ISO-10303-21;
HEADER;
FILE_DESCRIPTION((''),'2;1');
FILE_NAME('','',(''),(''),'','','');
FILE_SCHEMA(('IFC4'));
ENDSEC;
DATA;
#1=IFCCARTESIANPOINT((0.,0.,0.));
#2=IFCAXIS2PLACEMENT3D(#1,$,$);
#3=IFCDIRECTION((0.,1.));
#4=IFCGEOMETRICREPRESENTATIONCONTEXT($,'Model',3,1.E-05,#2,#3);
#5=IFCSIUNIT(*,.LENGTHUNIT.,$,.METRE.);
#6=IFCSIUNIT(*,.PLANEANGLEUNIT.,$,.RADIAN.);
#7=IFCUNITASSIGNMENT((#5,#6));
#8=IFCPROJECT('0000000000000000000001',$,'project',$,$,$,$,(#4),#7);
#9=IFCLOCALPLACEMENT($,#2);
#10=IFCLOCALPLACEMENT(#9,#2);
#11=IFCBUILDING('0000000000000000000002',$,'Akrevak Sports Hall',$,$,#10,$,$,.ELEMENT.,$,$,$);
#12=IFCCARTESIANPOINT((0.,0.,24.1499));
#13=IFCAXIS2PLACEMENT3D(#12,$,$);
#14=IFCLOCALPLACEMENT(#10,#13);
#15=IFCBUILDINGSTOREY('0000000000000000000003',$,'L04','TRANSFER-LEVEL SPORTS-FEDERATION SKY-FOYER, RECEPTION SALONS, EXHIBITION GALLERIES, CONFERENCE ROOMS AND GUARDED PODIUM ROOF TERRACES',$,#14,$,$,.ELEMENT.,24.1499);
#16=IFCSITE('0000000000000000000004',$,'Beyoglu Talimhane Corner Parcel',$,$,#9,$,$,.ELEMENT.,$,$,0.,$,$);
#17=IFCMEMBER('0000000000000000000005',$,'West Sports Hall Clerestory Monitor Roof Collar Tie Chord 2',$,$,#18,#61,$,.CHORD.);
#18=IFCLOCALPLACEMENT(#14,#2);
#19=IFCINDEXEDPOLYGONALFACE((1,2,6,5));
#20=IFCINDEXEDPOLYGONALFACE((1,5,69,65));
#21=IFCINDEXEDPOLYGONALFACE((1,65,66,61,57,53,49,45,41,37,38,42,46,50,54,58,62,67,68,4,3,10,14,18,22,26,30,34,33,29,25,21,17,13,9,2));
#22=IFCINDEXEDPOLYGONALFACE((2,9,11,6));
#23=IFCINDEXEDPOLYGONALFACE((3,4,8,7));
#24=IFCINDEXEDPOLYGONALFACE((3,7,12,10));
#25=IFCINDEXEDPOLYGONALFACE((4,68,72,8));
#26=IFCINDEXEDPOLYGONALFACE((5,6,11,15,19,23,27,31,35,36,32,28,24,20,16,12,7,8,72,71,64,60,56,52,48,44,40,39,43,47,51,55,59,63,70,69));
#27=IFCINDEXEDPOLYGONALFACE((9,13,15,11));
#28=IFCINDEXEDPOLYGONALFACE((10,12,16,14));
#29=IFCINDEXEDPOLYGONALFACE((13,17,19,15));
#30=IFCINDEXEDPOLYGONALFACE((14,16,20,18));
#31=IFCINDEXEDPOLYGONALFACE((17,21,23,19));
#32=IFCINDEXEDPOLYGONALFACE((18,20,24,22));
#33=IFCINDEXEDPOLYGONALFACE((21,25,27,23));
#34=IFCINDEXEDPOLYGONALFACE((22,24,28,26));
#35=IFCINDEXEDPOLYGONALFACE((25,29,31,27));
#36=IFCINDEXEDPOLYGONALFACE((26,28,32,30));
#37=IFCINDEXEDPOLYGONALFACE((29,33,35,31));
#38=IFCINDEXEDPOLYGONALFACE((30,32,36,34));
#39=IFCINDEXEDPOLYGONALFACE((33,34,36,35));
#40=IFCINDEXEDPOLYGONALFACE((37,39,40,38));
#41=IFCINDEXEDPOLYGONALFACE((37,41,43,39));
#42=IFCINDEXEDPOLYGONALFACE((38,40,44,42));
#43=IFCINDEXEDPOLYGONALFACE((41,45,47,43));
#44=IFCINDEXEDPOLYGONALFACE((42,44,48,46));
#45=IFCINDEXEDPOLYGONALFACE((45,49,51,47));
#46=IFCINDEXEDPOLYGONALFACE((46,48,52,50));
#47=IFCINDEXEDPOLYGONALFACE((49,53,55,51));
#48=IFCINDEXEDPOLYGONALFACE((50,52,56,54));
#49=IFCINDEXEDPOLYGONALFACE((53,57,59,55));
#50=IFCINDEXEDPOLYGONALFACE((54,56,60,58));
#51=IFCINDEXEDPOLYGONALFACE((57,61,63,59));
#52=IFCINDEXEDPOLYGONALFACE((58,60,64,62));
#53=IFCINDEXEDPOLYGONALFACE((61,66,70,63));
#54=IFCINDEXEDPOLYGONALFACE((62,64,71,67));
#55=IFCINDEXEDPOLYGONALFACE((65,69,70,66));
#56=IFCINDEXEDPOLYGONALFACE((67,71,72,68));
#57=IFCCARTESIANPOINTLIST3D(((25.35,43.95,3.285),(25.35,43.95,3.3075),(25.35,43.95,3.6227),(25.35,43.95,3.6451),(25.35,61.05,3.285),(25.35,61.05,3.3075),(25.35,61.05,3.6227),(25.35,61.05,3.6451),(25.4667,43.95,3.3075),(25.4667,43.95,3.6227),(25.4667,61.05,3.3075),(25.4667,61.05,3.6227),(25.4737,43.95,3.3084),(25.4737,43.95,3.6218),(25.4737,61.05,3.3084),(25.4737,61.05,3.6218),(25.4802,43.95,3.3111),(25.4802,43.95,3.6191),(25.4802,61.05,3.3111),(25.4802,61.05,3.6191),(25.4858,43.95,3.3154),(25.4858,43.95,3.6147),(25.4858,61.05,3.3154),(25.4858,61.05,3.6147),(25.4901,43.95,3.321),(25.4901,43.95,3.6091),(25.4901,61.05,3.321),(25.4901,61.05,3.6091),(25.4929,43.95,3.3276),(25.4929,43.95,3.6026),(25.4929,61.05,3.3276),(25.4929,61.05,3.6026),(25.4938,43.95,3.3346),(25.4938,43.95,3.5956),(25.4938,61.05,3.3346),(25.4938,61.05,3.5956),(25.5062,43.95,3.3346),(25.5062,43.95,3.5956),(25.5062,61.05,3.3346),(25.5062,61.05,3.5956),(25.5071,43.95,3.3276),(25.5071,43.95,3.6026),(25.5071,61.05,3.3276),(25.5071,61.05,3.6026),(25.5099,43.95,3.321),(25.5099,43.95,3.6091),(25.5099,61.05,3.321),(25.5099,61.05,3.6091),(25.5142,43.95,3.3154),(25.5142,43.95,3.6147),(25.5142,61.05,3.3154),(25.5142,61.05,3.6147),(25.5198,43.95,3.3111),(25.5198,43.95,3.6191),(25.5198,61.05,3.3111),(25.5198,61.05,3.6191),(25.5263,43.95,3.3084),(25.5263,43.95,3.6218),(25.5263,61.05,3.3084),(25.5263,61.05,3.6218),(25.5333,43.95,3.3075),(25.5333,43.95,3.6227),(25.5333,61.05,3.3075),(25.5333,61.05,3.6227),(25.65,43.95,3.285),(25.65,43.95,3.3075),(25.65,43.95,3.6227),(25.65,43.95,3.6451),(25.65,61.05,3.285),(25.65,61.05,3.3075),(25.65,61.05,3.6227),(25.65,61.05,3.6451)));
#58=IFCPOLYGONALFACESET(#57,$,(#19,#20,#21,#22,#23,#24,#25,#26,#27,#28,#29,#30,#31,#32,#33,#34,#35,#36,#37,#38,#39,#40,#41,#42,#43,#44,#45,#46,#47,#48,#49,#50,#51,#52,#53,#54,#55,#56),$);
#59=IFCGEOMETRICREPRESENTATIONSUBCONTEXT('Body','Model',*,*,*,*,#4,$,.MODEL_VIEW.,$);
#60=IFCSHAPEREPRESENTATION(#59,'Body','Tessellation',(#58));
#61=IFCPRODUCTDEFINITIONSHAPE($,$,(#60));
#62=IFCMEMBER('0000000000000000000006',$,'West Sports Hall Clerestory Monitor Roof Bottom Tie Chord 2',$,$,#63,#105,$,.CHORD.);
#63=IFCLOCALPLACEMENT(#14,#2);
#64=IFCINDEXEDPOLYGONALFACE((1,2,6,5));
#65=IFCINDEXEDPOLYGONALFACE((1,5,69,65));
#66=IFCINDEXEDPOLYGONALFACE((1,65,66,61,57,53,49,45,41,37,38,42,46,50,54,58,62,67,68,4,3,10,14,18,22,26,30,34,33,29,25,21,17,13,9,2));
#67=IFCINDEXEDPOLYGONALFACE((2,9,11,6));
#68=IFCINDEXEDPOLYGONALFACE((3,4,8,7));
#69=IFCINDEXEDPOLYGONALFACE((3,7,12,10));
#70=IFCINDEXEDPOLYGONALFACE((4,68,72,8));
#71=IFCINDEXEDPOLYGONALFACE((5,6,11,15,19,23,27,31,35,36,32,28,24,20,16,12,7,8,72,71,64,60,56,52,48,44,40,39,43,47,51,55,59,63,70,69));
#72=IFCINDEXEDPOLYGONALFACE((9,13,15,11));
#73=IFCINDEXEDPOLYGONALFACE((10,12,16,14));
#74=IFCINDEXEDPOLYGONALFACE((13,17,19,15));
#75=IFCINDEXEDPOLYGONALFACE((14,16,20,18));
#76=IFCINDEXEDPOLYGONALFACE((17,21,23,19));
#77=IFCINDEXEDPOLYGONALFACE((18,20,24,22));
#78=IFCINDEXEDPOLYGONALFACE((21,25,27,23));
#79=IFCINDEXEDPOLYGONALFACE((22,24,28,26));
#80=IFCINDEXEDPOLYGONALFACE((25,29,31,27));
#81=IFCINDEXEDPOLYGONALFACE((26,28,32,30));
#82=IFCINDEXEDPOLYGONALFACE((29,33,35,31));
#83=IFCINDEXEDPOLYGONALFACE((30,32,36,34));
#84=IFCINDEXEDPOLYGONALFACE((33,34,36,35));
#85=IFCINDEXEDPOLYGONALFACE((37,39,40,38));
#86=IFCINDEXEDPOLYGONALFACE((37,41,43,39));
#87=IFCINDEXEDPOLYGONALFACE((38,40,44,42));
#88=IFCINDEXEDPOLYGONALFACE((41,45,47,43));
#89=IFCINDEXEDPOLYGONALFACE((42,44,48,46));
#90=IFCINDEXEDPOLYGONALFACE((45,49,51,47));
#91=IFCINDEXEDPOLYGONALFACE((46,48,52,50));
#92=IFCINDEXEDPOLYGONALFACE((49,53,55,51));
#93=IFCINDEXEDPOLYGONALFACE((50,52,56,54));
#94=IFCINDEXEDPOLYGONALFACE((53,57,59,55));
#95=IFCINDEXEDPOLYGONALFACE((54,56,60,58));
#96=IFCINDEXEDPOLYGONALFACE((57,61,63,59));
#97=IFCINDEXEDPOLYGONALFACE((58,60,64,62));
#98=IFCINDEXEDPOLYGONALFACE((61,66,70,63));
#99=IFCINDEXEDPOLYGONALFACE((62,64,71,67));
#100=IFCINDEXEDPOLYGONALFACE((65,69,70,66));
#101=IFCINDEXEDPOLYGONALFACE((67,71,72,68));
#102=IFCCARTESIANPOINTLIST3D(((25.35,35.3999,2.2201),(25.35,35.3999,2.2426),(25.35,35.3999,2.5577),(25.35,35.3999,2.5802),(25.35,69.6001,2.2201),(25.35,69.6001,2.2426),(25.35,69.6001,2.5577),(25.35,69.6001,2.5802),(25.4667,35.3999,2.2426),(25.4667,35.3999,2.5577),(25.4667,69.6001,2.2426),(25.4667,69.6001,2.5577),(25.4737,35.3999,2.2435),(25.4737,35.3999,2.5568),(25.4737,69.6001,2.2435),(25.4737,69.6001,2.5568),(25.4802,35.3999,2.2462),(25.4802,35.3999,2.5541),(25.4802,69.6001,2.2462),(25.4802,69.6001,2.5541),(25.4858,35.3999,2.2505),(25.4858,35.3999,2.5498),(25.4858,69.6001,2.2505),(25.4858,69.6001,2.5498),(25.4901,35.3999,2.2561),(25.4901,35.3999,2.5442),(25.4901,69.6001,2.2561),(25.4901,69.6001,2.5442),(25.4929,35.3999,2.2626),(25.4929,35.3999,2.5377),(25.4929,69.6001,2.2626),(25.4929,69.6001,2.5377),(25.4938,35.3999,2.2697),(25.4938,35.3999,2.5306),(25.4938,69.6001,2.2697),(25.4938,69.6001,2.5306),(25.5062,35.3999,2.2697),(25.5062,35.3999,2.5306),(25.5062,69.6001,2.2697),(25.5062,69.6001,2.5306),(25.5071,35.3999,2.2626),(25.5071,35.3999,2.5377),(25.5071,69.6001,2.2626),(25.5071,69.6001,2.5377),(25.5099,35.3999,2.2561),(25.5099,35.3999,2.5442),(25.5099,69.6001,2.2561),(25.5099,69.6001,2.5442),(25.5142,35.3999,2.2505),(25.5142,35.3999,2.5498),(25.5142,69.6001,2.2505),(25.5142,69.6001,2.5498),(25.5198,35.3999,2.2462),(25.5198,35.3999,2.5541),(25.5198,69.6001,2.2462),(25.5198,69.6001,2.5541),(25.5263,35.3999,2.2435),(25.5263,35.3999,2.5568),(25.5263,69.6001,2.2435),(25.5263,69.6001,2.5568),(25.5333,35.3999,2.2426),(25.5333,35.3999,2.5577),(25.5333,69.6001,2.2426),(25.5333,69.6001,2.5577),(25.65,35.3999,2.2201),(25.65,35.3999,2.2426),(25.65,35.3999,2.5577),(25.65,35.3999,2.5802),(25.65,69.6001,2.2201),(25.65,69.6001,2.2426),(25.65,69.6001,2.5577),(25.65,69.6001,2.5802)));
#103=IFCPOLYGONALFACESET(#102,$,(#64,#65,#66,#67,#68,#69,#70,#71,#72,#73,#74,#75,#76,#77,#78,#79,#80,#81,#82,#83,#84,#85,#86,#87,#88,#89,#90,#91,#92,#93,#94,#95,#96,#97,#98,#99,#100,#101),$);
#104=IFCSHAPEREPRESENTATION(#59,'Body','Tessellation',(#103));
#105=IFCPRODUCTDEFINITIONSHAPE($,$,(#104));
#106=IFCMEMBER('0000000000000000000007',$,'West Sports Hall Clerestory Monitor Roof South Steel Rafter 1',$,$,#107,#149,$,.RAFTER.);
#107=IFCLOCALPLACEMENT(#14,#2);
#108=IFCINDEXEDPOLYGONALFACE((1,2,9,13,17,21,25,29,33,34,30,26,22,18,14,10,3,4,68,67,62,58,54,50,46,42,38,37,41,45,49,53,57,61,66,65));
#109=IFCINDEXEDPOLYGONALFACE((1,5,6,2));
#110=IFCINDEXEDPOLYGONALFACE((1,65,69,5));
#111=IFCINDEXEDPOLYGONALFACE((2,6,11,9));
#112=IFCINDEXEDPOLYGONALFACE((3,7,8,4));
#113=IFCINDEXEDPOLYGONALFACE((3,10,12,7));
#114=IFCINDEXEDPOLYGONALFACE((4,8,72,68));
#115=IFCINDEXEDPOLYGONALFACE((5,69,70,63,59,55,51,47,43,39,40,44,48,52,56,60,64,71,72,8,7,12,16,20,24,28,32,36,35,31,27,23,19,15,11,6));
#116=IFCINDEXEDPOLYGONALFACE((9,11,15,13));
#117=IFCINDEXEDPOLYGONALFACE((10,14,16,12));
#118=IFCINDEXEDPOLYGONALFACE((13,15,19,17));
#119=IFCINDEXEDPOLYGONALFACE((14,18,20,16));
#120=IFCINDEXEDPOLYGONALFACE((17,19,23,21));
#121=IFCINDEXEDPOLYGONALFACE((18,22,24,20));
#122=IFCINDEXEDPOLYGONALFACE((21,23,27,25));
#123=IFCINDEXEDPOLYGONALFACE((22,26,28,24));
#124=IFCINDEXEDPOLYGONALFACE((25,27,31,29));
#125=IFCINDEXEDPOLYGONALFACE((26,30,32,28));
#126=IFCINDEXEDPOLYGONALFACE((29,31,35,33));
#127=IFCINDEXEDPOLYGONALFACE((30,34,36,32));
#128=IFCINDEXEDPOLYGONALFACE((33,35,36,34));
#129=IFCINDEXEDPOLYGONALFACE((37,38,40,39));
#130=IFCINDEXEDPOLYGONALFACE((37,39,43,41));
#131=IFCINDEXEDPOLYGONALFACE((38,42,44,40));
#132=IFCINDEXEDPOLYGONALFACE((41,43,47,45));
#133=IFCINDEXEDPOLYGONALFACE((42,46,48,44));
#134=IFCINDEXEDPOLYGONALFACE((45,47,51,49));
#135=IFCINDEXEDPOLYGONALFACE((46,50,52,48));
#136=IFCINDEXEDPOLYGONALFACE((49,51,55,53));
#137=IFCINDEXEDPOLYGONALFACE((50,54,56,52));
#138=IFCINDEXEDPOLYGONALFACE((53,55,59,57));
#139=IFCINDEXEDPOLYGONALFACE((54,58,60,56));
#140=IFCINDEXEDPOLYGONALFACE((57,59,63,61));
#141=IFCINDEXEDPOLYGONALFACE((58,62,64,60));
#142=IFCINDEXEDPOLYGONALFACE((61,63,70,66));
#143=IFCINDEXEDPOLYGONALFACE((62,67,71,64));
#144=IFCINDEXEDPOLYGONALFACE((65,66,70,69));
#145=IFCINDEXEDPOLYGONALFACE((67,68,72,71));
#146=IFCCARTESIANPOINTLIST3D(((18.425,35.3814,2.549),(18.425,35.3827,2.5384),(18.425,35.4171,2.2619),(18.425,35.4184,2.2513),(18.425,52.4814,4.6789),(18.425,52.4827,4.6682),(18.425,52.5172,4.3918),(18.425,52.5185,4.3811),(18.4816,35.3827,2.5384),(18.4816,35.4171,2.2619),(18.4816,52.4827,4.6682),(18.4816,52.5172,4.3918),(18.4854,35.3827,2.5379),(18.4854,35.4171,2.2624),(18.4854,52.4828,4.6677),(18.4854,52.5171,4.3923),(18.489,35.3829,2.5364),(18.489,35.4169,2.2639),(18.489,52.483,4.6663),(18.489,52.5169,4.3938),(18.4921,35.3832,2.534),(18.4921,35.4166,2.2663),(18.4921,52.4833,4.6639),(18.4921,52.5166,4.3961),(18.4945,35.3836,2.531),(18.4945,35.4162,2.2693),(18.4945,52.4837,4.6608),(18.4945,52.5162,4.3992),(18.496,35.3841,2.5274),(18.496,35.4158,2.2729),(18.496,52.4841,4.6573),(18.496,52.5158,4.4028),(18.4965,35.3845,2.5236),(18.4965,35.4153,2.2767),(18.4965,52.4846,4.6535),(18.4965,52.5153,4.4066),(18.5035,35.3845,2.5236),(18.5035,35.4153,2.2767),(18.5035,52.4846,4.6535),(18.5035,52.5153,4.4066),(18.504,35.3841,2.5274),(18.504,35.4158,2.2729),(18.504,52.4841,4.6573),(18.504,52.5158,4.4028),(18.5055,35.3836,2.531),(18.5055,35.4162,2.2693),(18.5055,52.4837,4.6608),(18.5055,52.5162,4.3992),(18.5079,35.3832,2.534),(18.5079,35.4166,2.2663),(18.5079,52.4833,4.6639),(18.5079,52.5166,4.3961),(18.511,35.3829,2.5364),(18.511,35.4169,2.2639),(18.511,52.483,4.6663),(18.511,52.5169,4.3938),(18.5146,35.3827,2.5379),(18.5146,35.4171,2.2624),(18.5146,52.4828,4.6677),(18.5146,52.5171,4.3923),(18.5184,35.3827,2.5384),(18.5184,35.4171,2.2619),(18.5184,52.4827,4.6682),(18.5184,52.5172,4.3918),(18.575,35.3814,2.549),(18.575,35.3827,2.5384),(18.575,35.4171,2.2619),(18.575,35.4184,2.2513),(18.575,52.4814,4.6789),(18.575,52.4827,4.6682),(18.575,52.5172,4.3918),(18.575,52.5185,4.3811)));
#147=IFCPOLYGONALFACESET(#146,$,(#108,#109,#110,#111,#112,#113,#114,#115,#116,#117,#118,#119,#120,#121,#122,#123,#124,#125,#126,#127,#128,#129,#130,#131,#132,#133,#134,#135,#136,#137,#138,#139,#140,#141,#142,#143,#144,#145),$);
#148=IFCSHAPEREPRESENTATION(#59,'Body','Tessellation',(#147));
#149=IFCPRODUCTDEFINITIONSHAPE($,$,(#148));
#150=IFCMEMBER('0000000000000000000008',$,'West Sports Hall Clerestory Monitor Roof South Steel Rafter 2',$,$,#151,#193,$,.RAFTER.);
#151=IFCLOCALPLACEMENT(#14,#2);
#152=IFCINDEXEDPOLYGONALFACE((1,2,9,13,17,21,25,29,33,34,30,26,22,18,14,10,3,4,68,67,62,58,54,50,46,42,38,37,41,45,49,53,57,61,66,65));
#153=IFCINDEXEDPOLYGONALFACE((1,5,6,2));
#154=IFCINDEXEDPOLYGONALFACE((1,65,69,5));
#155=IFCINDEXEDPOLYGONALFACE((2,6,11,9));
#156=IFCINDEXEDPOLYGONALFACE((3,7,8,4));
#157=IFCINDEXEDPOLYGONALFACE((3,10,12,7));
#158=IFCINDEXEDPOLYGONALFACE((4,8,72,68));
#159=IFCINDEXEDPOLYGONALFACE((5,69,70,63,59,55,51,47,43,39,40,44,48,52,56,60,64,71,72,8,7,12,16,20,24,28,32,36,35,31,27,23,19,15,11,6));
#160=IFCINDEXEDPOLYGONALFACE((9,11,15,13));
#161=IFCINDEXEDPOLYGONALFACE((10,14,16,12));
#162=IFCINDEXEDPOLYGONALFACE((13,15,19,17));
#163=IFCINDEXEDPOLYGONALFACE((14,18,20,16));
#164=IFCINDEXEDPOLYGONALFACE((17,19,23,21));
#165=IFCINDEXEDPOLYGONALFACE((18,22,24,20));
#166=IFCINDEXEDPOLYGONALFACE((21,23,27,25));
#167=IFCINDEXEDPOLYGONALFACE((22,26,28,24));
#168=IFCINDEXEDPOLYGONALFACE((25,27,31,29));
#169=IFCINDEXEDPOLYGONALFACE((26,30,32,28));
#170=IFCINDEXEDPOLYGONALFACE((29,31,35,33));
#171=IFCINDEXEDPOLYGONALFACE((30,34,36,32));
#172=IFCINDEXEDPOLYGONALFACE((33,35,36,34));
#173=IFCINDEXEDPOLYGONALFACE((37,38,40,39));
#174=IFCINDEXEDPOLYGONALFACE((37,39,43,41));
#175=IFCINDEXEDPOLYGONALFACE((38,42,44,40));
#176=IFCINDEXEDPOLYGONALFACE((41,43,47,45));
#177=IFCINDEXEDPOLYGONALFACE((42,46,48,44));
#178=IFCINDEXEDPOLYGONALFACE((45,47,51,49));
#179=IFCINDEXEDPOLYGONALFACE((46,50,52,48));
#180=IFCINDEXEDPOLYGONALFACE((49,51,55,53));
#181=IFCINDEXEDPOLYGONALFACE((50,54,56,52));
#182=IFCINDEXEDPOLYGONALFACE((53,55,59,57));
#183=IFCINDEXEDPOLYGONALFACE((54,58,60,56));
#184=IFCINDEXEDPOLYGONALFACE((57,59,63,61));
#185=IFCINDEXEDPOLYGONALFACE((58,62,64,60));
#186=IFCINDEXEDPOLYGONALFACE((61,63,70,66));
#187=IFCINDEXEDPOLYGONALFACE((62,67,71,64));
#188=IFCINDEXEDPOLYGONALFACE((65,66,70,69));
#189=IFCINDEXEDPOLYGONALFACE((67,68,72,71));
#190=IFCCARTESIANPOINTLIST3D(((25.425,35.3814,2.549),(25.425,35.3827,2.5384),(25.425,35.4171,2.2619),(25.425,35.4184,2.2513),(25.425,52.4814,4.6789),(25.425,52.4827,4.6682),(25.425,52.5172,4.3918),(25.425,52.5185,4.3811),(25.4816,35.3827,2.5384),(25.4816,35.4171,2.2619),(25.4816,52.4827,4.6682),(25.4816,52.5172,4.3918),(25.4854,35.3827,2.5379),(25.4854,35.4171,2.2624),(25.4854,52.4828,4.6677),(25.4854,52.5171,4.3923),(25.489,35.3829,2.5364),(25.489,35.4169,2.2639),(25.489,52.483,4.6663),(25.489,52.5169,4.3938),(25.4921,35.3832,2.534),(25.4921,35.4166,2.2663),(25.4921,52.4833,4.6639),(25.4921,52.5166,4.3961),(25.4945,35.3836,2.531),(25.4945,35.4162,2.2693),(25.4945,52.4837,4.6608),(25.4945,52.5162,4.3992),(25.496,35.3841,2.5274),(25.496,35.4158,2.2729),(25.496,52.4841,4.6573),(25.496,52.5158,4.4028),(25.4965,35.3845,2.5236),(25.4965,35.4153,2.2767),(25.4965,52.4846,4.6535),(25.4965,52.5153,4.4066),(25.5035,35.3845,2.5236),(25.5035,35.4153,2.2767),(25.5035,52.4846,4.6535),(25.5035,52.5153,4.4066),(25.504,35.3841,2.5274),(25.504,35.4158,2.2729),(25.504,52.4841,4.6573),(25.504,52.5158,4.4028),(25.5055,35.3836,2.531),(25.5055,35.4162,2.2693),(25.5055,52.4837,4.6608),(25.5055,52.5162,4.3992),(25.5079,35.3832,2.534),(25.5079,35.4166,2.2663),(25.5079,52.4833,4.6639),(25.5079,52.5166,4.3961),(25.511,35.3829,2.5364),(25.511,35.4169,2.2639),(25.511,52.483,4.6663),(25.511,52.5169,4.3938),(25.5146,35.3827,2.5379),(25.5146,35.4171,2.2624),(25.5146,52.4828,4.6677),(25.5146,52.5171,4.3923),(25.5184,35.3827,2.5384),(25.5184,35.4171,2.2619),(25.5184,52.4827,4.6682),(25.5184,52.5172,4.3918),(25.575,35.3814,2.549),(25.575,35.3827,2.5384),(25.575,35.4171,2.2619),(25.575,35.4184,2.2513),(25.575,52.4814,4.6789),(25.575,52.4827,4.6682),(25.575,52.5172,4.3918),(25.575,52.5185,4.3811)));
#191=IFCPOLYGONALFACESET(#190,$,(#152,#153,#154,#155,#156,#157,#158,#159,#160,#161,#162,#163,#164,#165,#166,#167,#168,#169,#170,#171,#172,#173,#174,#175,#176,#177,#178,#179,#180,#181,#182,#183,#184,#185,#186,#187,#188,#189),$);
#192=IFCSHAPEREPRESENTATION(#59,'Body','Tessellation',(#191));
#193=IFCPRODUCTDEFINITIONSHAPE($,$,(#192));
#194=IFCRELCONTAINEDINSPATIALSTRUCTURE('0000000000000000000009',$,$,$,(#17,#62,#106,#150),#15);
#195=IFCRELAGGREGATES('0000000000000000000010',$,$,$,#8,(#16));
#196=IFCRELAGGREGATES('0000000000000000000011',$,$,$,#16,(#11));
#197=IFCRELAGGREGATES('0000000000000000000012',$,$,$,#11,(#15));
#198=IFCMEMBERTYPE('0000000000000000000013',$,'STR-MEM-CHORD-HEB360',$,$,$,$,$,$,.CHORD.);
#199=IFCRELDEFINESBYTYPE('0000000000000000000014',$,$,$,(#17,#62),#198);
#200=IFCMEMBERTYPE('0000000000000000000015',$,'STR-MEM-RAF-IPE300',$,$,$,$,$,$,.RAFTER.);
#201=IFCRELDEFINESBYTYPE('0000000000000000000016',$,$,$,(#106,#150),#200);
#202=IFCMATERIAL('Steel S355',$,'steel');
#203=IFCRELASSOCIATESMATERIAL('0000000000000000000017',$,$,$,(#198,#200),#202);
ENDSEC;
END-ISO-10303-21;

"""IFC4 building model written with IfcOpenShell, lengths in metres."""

from ifc_helpers import new_model, si_unit, direction, frame, origin, origin_2d, place, context, subcontext, project, spatial, i_section, extrude, material, material_profile, profile_set, type_object, element, save


model = new_model("IFC4")

# Units and contexts
model_context = context("Model", 3, precision=1e-05, world=origin(), true_north=direction((0.0, 1.0)))
body_context = subcontext(model_context, "Body", "Model", "MODEL_VIEW")
ifc_project = project(units=[si_unit("LENGTHUNIT", "METRE"), si_unit("PLANEANGLEUNIT", "RADIAN")], contexts=[model_context])

# Site, building, storey
site_placement = place(None, origin())
site = spatial("IfcSite", under=ifc_project, at=site_placement, Name="Beyoglu Talimhane Corner Parcel", CompositionType="ELEMENT", RefElevation=0.0)
building_placement = place(site_placement, origin())
building = spatial("IfcBuilding", under=site, at=building_placement, Name="Akrevak Sports Hall", CompositionType="ELEMENT")
storey_placement = place(building_placement, frame((0.0, 0.0, 24.1499)))
storey = spatial("IfcBuildingStorey", under=building, at=storey_placement, Name="L04", Description="TRANSFER-LEVEL SPORTS-FEDERATION SKY-FOYER, RECEPTION SALONS, EXHIBITION GALLERIES, CONFERENCE ROOMS AND GUARDED PODIUM ROOF TERRACES", CompositionType="ELEMENT", Elevation=24.1499)

# Members
ifc_material_1 = material(Name="Steel S355", Category="steel")
ifc_material_profile_1 = material_profile(ifc_material_1, i_section(OverallWidth=0.3, OverallDepth=0.3601, WebThickness=0.0125, FlangeThickness=0.0225, FilletRadius=0.0271, at=origin_2d()), Name="HEB 360", Category="steel")
ifc_profile_set_1 = profile_set([ifc_material_profile_1], Name="Steel S355")
member_type_1 = type_object("IfcMemberType", Name="STR-MEM-CHORD-HEB360", PredefinedType="CHORD", material=ifc_profile_set_1)
member_1_placement = place(storey_placement, frame((25.5, 43.95, 3.4651), z_axis=(0.0, 1.0, 0.0), x_axis=(-1.0, 0.0, 0.0)))
element("IfcMember", 1, at=member_1_placement, inside=storey, type_object=member_type_1, Name="West Sports Hall Clerestory Monitor Roof Collar Tie Chord 2", PredefinedType="CHORD", context=body_context, shape_type="SweptSolid", body=[
    extrude(i_section(OverallWidth=0.3, OverallDepth=0.3601, WebThickness=0.0125, FlangeThickness=0.0225, FilletRadius=0.0271, at=origin_2d()), origin(), (0.0, 0.0, 1.0), 17.1001),
])
member_2_placement = place(storey_placement, frame((25.5, 35.3999, 2.4001), z_axis=(0.0, 1.0, 0.0), x_axis=(-1.0, 0.0, 0.0)))
element("IfcMember", 2, at=member_2_placement, inside=storey, type_object=member_type_1, Name="West Sports Hall Clerestory Monitor Roof Bottom Tie Chord 2", PredefinedType="CHORD", context=body_context, shape_type="SweptSolid", body=[
    extrude(i_section(OverallWidth=0.3, OverallDepth=0.3601, WebThickness=0.0125, FlangeThickness=0.0225, FilletRadius=0.0271, at=origin_2d()), origin(), (0.0, 0.0, 1.0), 34.2002),
])
ifc_material_profile_2 = material_profile(ifc_material_1, i_section(OverallWidth=0.1499, OverallDepth=0.3, WebThickness=0.0071, FlangeThickness=0.0107, FilletRadius=0.0149, at=origin_2d()), Name="IPE 300", Category="steel")
ifc_profile_set_2 = profile_set([ifc_material_profile_2], Name="Steel S355")
member_type_2 = type_object("IfcMemberType", Name="STR-MEM-RAF-IPE300", PredefinedType="RAFTER", material=ifc_profile_set_2)
for number, where, z_axis, x_axis, name in (
    (3, (18.5, 35.3999, 2.4001), (0.0, 0.992332, 0.123599), (-1.0, 0.0, 0.0), "West Sports Hall Clerestory Monitor Roof South Steel Rafter 1"),
    (4, (25.5, 35.3999, 2.4001), (0.0, 0.992332, 0.123599), (-1.0, 0.0, 0.0), "West Sports Hall Clerestory Monitor Roof South Steel Rafter 2"),
):
    element("IfcMember", number, at=place(storey_placement, frame(where, z_axis=z_axis, x_axis=x_axis)), inside=storey, type_object=member_type_2, Name=name, PredefinedType="RAFTER", context=body_context, shape_type="SweptSolid", body=[
        extrude(i_section(OverallWidth=0.1499, OverallDepth=0.3, WebThickness=0.0071, FlangeThickness=0.0107, FilletRadius=0.0149, at=origin_2d()), origin(), (0.0, 0.0, 1.0), 17.2322),
    ])

save(model, "model.ifc")
